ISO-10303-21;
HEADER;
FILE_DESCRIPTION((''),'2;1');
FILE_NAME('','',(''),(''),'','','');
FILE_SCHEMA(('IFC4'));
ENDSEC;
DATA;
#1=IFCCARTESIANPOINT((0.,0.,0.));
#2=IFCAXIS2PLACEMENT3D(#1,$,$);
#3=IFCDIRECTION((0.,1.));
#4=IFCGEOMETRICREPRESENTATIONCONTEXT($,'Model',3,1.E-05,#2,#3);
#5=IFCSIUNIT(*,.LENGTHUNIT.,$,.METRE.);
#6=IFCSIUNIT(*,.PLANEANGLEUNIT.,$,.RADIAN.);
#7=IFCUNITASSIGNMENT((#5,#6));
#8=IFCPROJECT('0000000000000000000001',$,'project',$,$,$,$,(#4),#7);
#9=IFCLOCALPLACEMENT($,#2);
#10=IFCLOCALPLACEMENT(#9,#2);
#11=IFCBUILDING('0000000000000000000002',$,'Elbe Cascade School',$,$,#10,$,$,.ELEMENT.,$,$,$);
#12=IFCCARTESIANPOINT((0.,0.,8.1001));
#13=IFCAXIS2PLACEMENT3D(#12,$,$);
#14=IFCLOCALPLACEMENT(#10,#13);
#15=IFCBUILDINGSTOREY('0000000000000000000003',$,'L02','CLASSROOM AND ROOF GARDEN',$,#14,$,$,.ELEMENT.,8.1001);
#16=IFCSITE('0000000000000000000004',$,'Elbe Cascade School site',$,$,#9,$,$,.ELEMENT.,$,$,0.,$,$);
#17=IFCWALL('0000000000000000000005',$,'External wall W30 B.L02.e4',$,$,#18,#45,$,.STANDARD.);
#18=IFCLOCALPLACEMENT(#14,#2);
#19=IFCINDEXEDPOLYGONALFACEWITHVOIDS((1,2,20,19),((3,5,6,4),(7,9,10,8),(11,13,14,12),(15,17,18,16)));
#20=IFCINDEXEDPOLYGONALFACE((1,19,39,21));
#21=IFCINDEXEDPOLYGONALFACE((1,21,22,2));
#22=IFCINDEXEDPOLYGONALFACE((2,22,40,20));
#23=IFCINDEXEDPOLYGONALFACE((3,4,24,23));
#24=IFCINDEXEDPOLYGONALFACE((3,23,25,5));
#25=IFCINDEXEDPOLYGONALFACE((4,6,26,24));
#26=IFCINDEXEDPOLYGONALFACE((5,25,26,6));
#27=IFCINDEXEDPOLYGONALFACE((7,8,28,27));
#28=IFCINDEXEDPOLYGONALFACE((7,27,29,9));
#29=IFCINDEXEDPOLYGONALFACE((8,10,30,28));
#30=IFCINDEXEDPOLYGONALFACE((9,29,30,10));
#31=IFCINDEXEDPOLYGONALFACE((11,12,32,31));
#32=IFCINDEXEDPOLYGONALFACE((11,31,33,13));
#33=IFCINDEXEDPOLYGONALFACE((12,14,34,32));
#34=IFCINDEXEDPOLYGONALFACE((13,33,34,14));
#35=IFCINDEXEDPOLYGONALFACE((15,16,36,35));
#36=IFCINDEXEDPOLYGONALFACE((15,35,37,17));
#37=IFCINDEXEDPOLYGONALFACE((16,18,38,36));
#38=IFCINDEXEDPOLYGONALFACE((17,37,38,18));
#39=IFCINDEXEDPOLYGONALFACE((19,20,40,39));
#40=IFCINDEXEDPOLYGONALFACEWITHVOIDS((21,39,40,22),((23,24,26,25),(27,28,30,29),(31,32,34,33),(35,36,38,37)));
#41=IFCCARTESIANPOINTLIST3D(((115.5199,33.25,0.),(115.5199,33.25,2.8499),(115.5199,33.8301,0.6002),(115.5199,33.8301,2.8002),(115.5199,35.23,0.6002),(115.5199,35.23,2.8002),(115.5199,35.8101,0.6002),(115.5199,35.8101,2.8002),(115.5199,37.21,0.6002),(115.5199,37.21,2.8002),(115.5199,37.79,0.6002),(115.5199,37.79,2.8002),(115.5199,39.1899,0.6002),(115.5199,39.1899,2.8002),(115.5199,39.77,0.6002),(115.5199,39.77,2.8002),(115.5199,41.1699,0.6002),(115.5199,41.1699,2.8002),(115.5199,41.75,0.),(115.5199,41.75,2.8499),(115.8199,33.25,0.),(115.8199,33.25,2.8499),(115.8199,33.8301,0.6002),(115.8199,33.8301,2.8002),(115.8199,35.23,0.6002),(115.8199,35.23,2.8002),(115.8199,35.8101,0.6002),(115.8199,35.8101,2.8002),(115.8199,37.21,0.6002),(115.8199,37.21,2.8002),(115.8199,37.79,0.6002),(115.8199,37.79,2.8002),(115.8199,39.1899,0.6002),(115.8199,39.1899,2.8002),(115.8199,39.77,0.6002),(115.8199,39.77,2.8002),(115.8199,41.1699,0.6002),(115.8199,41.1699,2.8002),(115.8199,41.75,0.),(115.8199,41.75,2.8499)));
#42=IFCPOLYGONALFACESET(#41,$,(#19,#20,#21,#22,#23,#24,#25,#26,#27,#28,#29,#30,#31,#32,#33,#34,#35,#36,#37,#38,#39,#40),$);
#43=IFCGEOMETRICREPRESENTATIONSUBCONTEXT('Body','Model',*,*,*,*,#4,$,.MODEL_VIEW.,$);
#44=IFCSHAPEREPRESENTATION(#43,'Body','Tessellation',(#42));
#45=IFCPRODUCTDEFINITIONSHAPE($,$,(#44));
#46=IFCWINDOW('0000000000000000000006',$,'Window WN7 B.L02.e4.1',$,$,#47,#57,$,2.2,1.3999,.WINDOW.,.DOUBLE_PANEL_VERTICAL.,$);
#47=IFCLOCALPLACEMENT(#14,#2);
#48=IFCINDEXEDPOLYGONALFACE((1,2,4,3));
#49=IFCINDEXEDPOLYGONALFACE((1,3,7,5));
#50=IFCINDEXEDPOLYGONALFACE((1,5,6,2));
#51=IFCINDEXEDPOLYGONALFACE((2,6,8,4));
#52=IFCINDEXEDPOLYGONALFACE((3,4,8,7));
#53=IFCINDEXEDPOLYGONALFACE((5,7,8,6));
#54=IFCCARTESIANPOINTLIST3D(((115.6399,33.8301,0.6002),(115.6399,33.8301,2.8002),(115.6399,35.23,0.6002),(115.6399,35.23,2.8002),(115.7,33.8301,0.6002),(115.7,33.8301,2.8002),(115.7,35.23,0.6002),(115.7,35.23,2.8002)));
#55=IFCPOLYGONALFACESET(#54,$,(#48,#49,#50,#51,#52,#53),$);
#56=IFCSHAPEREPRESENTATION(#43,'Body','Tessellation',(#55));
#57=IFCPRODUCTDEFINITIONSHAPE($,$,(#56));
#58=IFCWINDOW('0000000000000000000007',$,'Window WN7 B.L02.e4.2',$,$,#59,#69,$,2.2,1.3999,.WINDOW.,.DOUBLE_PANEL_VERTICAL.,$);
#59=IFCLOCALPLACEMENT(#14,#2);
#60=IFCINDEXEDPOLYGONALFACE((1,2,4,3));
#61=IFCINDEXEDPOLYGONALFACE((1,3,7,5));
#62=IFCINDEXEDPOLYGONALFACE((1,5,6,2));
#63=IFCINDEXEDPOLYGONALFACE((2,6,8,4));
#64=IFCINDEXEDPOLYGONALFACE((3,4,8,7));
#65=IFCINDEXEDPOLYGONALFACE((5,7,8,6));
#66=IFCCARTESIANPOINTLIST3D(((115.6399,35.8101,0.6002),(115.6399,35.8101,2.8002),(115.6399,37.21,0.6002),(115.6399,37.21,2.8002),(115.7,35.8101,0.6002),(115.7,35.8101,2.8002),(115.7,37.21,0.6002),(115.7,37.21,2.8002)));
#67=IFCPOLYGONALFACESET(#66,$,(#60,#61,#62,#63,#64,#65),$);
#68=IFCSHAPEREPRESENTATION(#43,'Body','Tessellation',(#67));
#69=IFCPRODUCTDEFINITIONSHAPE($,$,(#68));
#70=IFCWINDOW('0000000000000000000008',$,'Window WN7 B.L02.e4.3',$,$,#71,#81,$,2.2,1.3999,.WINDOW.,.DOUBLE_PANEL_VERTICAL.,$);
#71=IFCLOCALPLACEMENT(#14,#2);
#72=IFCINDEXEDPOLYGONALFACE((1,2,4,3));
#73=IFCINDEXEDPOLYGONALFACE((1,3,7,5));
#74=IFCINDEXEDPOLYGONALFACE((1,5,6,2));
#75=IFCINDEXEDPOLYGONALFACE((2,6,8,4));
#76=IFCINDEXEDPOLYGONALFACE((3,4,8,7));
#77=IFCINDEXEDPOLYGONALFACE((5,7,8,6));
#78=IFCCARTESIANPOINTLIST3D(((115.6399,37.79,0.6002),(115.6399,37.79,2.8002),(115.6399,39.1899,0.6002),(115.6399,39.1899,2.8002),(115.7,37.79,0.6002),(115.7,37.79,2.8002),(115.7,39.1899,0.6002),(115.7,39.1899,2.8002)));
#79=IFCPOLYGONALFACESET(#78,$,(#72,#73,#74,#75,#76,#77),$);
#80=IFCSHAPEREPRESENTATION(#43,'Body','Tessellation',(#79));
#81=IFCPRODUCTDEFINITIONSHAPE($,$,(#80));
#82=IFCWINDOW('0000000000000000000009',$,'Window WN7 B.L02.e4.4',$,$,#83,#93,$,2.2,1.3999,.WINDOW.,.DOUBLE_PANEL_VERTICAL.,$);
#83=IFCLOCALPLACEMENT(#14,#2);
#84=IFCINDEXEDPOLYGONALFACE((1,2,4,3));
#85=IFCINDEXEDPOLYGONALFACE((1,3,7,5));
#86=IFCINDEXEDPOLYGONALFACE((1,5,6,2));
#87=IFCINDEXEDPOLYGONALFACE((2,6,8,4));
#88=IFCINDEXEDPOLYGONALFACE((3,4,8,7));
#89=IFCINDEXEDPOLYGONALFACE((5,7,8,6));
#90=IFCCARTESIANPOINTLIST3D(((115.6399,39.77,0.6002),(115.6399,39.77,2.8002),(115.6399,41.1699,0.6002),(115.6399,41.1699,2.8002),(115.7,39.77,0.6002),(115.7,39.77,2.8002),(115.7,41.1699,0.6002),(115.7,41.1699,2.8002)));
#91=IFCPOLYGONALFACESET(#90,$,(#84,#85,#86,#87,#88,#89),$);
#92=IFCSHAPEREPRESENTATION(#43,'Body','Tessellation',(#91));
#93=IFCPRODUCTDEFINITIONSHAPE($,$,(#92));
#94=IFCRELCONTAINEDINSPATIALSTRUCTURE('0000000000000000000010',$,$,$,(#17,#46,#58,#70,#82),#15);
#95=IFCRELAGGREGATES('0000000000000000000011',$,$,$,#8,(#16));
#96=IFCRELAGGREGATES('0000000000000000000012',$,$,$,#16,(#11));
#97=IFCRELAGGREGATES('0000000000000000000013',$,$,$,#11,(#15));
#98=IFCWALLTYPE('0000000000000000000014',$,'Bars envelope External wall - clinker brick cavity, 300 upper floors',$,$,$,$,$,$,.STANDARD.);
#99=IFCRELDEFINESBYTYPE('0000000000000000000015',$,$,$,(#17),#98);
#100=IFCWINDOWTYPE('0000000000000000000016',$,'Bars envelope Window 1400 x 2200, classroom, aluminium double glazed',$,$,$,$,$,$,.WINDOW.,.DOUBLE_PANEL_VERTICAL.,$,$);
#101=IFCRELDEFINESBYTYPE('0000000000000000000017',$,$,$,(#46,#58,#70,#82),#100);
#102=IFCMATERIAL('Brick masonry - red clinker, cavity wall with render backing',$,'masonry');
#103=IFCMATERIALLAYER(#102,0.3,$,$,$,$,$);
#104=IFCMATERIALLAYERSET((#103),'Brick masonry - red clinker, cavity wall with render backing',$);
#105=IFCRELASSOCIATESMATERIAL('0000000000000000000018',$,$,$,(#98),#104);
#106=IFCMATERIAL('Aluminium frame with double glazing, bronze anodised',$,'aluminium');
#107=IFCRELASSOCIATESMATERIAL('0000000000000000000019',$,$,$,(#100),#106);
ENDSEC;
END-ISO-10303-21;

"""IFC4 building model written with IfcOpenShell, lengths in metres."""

from ifc_helpers import new_model, si_unit, direction, frame, frame_2d, origin, place, context, subcontext, project, spatial, rectangle, extrude, material, layer, layer_set, type_object, element, fill, save


model = new_model("IFC4")

# Units and contexts
model_context = context("Model", 3, precision=1e-05, world=origin(), true_north=direction((0.0, 1.0)))
body_context = subcontext(model_context, "Body", "Model", "MODEL_VIEW")
ifc_project = project(units=[si_unit("LENGTHUNIT", "METRE"), si_unit("PLANEANGLEUNIT", "RADIAN")], contexts=[model_context])

# Site, building, storey
site_placement = place(None, origin())
site = spatial("IfcSite", under=ifc_project, at=site_placement, Name="Elbe Cascade School site", CompositionType="ELEMENT", RefElevation=0.0)
building_placement = place(site_placement, origin())
building = spatial("IfcBuilding", under=site, at=building_placement, Name="Elbe Cascade School", CompositionType="ELEMENT")
storey_placement = place(building_placement, frame((0.0, 0.0, 8.1001)))
storey = spatial("IfcBuildingStorey", under=building, at=storey_placement, Name="L02", Description="CLASSROOM AND ROOF GARDEN", CompositionType="ELEMENT", Elevation=8.1001)

# Wall, openings, windows
ifc_material_1 = material(Name="Brick masonry - red clinker, cavity wall with render backing", Category="masonry")
ifc_layer_1 = layer(ifc_material_1, 0.3)
ifc_layer_set_1 = layer_set([ifc_layer_1], Name="Brick masonry - red clinker, cavity wall with render backing")
wall_type_1 = type_object("IfcWallType", Name="Bars envelope External wall - clinker brick cavity, 300 upper floors", PredefinedType="STANDARD", material=ifc_layer_set_1)
ifc_material_2 = material(Name="Aluminium frame with double glazing, bronze anodised", Category="aluminium")
window_type = type_object("IfcWindowType", Name="Bars envelope Window 1400 x 2200, classroom, aluminium double glazed", PartitioningType="DOUBLE_PANEL_VERTICAL", PredefinedType="WINDOW", material=ifc_material_2)
wall_1_placement = place(storey_placement, frame((115.6699, 41.75, 0.0), z_axis=(0.0, 0.0, 1.0), x_axis=(0.0, -1.0, 0.0)))
wall_1 = element("IfcWall", 1, at=wall_1_placement, inside=storey, type_object=wall_type_1, Name="External wall W30 B.L02.e4", PredefinedType="STANDARD", context=body_context, shape_type="SweptSolid", body=[
    extrude(rectangle(XDim=8.5, YDim=0.3, at=frame_2d((4.25, 0.0))), origin(), (0.0, 0.0, 1.0), 2.8499),
])
opening_1_placement = place(wall_1_placement, frame((6.52, 0.0, 0.6001)))
opening_1 = element("IfcOpeningElement", 2, at=opening_1_placement, cuts=wall_1, PredefinedType="OPENING", context=body_context, shape_type="SweptSolid", body=[
    extrude(rectangle(XDim=1.3999, YDim=2.2, at=frame_2d((0.7, 1.1001))), frame((0.0, 0.1599, 0.0), z_axis=(0.0, -1.0, 0.0), x_axis=(1.0, 0.0, 0.0)), (0.0, 0.0, 1.0), 0.3201),
])
opening_2_placement = place(wall_1_placement, frame((4.54, 0.0, 0.6001)))
opening_2 = element("IfcOpeningElement", 3, at=opening_2_placement, cuts=wall_1, PredefinedType="OPENING", context=body_context, shape_type="SweptSolid", body=[
    extrude(rectangle(XDim=1.3999, YDim=2.2, at=frame_2d((0.7, 1.1001))), frame((0.0, 0.1599, 0.0), z_axis=(0.0, -1.0, 0.0), x_axis=(1.0, 0.0, 0.0)), (0.0, 0.0, 1.0), 0.3201),
])
opening_3_placement = place(wall_1_placement, frame((2.5601, 0.0, 0.6001)))
opening_3 = element("IfcOpeningElement", 4, at=opening_3_placement, cuts=wall_1, PredefinedType="OPENING", context=body_context, shape_type="SweptSolid", body=[
    extrude(rectangle(XDim=1.3999, YDim=2.2, at=frame_2d((0.7, 1.1001))), frame((0.0, 0.1599, 0.0), z_axis=(0.0, -1.0, 0.0), x_axis=(1.0, 0.0, 0.0)), (0.0, 0.0, 1.0), 0.3201),
])
opening_4_placement = place(wall_1_placement, frame((0.5801, 0.0, 0.6001)))
opening_4 = element("IfcOpeningElement", 5, at=opening_4_placement, cuts=wall_1, PredefinedType="OPENING", context=body_context, shape_type="SweptSolid", body=[
    extrude(rectangle(XDim=1.3999, YDim=2.2, at=frame_2d((0.7, 1.1001))), frame((0.0, 0.1599, 0.0), z_axis=(0.0, -1.0, 0.0), x_axis=(1.0, 0.0, 0.0)), (0.0, 0.0, 1.0), 0.3201),
])
window_1_placement = place(opening_1_placement, origin())
window_1 = element("IfcWindow", 6, at=window_1_placement, inside=storey, type_object=window_type, Name="Window WN7 B.L02.e4.1", OverallHeight=2.2, OverallWidth=1.3999, PartitioningType="DOUBLE_PANEL_VERTICAL", PredefinedType="WINDOW", context=body_context, shape_type="SweptSolid", body=[
    extrude(rectangle(XDim=1.3999, YDim=2.2, at=frame_2d((0.7, 1.1001))), frame((0.0, 0.03, 0.0), z_axis=(0.0, -1.0, 0.0), x_axis=(1.0, 0.0, 0.0)), (0.0, 0.0, 1.0), 0.0601),
])
fill(opening_1, window_1)
window_2_placement = place(opening_2_placement, origin())
window_2 = element("IfcWindow", 7, at=window_2_placement, inside=storey, type_object=window_type, Name="Window WN7 B.L02.e4.2", OverallHeight=2.2, OverallWidth=1.3999, PartitioningType="DOUBLE_PANEL_VERTICAL", PredefinedType="WINDOW", context=body_context, shape_type="SweptSolid", body=[
    extrude(rectangle(XDim=1.3999, YDim=2.2, at=frame_2d((0.7, 1.1001))), frame((0.0, 0.03, 0.0), z_axis=(0.0, -1.0, 0.0), x_axis=(1.0, 0.0, 0.0)), (0.0, 0.0, 1.0), 0.0601),
])
fill(opening_2, window_2)
window_3_placement = place(opening_3_placement, origin())
window_3 = element("IfcWindow", 8, at=window_3_placement, inside=storey, type_object=window_type, Name="Window WN7 B.L02.e4.3", OverallHeight=2.2, OverallWidth=1.3999, PartitioningType="DOUBLE_PANEL_VERTICAL", PredefinedType="WINDOW", context=body_context, shape_type="SweptSolid", body=[
    extrude(rectangle(XDim=1.3999, YDim=2.2, at=frame_2d((0.7, 1.1001))), frame((0.0, 0.03, 0.0), z_axis=(0.0, -1.0, 0.0), x_axis=(1.0, 0.0, 0.0)), (0.0, 0.0, 1.0), 0.0601),
])
fill(opening_3, window_3)
window_4_placement = place(opening_4_placement, origin())
window_4 = element("IfcWindow", 9, at=window_4_placement, inside=storey, type_object=window_type, Name="Window WN7 B.L02.e4.4", OverallHeight=2.2, OverallWidth=1.3999, PartitioningType="DOUBLE_PANEL_VERTICAL", PredefinedType="WINDOW", context=body_context, shape_type="SweptSolid", body=[
    extrude(rectangle(XDim=1.3999, YDim=2.2, at=frame_2d((0.7, 1.1001))), frame((0.0, 0.03, 0.0), z_axis=(0.0, -1.0, 0.0), x_axis=(1.0, 0.0, 0.0)), (0.0, 0.0, 1.0), 0.0601),
])
fill(opening_4, window_4)

save(model, "model.ifc")
